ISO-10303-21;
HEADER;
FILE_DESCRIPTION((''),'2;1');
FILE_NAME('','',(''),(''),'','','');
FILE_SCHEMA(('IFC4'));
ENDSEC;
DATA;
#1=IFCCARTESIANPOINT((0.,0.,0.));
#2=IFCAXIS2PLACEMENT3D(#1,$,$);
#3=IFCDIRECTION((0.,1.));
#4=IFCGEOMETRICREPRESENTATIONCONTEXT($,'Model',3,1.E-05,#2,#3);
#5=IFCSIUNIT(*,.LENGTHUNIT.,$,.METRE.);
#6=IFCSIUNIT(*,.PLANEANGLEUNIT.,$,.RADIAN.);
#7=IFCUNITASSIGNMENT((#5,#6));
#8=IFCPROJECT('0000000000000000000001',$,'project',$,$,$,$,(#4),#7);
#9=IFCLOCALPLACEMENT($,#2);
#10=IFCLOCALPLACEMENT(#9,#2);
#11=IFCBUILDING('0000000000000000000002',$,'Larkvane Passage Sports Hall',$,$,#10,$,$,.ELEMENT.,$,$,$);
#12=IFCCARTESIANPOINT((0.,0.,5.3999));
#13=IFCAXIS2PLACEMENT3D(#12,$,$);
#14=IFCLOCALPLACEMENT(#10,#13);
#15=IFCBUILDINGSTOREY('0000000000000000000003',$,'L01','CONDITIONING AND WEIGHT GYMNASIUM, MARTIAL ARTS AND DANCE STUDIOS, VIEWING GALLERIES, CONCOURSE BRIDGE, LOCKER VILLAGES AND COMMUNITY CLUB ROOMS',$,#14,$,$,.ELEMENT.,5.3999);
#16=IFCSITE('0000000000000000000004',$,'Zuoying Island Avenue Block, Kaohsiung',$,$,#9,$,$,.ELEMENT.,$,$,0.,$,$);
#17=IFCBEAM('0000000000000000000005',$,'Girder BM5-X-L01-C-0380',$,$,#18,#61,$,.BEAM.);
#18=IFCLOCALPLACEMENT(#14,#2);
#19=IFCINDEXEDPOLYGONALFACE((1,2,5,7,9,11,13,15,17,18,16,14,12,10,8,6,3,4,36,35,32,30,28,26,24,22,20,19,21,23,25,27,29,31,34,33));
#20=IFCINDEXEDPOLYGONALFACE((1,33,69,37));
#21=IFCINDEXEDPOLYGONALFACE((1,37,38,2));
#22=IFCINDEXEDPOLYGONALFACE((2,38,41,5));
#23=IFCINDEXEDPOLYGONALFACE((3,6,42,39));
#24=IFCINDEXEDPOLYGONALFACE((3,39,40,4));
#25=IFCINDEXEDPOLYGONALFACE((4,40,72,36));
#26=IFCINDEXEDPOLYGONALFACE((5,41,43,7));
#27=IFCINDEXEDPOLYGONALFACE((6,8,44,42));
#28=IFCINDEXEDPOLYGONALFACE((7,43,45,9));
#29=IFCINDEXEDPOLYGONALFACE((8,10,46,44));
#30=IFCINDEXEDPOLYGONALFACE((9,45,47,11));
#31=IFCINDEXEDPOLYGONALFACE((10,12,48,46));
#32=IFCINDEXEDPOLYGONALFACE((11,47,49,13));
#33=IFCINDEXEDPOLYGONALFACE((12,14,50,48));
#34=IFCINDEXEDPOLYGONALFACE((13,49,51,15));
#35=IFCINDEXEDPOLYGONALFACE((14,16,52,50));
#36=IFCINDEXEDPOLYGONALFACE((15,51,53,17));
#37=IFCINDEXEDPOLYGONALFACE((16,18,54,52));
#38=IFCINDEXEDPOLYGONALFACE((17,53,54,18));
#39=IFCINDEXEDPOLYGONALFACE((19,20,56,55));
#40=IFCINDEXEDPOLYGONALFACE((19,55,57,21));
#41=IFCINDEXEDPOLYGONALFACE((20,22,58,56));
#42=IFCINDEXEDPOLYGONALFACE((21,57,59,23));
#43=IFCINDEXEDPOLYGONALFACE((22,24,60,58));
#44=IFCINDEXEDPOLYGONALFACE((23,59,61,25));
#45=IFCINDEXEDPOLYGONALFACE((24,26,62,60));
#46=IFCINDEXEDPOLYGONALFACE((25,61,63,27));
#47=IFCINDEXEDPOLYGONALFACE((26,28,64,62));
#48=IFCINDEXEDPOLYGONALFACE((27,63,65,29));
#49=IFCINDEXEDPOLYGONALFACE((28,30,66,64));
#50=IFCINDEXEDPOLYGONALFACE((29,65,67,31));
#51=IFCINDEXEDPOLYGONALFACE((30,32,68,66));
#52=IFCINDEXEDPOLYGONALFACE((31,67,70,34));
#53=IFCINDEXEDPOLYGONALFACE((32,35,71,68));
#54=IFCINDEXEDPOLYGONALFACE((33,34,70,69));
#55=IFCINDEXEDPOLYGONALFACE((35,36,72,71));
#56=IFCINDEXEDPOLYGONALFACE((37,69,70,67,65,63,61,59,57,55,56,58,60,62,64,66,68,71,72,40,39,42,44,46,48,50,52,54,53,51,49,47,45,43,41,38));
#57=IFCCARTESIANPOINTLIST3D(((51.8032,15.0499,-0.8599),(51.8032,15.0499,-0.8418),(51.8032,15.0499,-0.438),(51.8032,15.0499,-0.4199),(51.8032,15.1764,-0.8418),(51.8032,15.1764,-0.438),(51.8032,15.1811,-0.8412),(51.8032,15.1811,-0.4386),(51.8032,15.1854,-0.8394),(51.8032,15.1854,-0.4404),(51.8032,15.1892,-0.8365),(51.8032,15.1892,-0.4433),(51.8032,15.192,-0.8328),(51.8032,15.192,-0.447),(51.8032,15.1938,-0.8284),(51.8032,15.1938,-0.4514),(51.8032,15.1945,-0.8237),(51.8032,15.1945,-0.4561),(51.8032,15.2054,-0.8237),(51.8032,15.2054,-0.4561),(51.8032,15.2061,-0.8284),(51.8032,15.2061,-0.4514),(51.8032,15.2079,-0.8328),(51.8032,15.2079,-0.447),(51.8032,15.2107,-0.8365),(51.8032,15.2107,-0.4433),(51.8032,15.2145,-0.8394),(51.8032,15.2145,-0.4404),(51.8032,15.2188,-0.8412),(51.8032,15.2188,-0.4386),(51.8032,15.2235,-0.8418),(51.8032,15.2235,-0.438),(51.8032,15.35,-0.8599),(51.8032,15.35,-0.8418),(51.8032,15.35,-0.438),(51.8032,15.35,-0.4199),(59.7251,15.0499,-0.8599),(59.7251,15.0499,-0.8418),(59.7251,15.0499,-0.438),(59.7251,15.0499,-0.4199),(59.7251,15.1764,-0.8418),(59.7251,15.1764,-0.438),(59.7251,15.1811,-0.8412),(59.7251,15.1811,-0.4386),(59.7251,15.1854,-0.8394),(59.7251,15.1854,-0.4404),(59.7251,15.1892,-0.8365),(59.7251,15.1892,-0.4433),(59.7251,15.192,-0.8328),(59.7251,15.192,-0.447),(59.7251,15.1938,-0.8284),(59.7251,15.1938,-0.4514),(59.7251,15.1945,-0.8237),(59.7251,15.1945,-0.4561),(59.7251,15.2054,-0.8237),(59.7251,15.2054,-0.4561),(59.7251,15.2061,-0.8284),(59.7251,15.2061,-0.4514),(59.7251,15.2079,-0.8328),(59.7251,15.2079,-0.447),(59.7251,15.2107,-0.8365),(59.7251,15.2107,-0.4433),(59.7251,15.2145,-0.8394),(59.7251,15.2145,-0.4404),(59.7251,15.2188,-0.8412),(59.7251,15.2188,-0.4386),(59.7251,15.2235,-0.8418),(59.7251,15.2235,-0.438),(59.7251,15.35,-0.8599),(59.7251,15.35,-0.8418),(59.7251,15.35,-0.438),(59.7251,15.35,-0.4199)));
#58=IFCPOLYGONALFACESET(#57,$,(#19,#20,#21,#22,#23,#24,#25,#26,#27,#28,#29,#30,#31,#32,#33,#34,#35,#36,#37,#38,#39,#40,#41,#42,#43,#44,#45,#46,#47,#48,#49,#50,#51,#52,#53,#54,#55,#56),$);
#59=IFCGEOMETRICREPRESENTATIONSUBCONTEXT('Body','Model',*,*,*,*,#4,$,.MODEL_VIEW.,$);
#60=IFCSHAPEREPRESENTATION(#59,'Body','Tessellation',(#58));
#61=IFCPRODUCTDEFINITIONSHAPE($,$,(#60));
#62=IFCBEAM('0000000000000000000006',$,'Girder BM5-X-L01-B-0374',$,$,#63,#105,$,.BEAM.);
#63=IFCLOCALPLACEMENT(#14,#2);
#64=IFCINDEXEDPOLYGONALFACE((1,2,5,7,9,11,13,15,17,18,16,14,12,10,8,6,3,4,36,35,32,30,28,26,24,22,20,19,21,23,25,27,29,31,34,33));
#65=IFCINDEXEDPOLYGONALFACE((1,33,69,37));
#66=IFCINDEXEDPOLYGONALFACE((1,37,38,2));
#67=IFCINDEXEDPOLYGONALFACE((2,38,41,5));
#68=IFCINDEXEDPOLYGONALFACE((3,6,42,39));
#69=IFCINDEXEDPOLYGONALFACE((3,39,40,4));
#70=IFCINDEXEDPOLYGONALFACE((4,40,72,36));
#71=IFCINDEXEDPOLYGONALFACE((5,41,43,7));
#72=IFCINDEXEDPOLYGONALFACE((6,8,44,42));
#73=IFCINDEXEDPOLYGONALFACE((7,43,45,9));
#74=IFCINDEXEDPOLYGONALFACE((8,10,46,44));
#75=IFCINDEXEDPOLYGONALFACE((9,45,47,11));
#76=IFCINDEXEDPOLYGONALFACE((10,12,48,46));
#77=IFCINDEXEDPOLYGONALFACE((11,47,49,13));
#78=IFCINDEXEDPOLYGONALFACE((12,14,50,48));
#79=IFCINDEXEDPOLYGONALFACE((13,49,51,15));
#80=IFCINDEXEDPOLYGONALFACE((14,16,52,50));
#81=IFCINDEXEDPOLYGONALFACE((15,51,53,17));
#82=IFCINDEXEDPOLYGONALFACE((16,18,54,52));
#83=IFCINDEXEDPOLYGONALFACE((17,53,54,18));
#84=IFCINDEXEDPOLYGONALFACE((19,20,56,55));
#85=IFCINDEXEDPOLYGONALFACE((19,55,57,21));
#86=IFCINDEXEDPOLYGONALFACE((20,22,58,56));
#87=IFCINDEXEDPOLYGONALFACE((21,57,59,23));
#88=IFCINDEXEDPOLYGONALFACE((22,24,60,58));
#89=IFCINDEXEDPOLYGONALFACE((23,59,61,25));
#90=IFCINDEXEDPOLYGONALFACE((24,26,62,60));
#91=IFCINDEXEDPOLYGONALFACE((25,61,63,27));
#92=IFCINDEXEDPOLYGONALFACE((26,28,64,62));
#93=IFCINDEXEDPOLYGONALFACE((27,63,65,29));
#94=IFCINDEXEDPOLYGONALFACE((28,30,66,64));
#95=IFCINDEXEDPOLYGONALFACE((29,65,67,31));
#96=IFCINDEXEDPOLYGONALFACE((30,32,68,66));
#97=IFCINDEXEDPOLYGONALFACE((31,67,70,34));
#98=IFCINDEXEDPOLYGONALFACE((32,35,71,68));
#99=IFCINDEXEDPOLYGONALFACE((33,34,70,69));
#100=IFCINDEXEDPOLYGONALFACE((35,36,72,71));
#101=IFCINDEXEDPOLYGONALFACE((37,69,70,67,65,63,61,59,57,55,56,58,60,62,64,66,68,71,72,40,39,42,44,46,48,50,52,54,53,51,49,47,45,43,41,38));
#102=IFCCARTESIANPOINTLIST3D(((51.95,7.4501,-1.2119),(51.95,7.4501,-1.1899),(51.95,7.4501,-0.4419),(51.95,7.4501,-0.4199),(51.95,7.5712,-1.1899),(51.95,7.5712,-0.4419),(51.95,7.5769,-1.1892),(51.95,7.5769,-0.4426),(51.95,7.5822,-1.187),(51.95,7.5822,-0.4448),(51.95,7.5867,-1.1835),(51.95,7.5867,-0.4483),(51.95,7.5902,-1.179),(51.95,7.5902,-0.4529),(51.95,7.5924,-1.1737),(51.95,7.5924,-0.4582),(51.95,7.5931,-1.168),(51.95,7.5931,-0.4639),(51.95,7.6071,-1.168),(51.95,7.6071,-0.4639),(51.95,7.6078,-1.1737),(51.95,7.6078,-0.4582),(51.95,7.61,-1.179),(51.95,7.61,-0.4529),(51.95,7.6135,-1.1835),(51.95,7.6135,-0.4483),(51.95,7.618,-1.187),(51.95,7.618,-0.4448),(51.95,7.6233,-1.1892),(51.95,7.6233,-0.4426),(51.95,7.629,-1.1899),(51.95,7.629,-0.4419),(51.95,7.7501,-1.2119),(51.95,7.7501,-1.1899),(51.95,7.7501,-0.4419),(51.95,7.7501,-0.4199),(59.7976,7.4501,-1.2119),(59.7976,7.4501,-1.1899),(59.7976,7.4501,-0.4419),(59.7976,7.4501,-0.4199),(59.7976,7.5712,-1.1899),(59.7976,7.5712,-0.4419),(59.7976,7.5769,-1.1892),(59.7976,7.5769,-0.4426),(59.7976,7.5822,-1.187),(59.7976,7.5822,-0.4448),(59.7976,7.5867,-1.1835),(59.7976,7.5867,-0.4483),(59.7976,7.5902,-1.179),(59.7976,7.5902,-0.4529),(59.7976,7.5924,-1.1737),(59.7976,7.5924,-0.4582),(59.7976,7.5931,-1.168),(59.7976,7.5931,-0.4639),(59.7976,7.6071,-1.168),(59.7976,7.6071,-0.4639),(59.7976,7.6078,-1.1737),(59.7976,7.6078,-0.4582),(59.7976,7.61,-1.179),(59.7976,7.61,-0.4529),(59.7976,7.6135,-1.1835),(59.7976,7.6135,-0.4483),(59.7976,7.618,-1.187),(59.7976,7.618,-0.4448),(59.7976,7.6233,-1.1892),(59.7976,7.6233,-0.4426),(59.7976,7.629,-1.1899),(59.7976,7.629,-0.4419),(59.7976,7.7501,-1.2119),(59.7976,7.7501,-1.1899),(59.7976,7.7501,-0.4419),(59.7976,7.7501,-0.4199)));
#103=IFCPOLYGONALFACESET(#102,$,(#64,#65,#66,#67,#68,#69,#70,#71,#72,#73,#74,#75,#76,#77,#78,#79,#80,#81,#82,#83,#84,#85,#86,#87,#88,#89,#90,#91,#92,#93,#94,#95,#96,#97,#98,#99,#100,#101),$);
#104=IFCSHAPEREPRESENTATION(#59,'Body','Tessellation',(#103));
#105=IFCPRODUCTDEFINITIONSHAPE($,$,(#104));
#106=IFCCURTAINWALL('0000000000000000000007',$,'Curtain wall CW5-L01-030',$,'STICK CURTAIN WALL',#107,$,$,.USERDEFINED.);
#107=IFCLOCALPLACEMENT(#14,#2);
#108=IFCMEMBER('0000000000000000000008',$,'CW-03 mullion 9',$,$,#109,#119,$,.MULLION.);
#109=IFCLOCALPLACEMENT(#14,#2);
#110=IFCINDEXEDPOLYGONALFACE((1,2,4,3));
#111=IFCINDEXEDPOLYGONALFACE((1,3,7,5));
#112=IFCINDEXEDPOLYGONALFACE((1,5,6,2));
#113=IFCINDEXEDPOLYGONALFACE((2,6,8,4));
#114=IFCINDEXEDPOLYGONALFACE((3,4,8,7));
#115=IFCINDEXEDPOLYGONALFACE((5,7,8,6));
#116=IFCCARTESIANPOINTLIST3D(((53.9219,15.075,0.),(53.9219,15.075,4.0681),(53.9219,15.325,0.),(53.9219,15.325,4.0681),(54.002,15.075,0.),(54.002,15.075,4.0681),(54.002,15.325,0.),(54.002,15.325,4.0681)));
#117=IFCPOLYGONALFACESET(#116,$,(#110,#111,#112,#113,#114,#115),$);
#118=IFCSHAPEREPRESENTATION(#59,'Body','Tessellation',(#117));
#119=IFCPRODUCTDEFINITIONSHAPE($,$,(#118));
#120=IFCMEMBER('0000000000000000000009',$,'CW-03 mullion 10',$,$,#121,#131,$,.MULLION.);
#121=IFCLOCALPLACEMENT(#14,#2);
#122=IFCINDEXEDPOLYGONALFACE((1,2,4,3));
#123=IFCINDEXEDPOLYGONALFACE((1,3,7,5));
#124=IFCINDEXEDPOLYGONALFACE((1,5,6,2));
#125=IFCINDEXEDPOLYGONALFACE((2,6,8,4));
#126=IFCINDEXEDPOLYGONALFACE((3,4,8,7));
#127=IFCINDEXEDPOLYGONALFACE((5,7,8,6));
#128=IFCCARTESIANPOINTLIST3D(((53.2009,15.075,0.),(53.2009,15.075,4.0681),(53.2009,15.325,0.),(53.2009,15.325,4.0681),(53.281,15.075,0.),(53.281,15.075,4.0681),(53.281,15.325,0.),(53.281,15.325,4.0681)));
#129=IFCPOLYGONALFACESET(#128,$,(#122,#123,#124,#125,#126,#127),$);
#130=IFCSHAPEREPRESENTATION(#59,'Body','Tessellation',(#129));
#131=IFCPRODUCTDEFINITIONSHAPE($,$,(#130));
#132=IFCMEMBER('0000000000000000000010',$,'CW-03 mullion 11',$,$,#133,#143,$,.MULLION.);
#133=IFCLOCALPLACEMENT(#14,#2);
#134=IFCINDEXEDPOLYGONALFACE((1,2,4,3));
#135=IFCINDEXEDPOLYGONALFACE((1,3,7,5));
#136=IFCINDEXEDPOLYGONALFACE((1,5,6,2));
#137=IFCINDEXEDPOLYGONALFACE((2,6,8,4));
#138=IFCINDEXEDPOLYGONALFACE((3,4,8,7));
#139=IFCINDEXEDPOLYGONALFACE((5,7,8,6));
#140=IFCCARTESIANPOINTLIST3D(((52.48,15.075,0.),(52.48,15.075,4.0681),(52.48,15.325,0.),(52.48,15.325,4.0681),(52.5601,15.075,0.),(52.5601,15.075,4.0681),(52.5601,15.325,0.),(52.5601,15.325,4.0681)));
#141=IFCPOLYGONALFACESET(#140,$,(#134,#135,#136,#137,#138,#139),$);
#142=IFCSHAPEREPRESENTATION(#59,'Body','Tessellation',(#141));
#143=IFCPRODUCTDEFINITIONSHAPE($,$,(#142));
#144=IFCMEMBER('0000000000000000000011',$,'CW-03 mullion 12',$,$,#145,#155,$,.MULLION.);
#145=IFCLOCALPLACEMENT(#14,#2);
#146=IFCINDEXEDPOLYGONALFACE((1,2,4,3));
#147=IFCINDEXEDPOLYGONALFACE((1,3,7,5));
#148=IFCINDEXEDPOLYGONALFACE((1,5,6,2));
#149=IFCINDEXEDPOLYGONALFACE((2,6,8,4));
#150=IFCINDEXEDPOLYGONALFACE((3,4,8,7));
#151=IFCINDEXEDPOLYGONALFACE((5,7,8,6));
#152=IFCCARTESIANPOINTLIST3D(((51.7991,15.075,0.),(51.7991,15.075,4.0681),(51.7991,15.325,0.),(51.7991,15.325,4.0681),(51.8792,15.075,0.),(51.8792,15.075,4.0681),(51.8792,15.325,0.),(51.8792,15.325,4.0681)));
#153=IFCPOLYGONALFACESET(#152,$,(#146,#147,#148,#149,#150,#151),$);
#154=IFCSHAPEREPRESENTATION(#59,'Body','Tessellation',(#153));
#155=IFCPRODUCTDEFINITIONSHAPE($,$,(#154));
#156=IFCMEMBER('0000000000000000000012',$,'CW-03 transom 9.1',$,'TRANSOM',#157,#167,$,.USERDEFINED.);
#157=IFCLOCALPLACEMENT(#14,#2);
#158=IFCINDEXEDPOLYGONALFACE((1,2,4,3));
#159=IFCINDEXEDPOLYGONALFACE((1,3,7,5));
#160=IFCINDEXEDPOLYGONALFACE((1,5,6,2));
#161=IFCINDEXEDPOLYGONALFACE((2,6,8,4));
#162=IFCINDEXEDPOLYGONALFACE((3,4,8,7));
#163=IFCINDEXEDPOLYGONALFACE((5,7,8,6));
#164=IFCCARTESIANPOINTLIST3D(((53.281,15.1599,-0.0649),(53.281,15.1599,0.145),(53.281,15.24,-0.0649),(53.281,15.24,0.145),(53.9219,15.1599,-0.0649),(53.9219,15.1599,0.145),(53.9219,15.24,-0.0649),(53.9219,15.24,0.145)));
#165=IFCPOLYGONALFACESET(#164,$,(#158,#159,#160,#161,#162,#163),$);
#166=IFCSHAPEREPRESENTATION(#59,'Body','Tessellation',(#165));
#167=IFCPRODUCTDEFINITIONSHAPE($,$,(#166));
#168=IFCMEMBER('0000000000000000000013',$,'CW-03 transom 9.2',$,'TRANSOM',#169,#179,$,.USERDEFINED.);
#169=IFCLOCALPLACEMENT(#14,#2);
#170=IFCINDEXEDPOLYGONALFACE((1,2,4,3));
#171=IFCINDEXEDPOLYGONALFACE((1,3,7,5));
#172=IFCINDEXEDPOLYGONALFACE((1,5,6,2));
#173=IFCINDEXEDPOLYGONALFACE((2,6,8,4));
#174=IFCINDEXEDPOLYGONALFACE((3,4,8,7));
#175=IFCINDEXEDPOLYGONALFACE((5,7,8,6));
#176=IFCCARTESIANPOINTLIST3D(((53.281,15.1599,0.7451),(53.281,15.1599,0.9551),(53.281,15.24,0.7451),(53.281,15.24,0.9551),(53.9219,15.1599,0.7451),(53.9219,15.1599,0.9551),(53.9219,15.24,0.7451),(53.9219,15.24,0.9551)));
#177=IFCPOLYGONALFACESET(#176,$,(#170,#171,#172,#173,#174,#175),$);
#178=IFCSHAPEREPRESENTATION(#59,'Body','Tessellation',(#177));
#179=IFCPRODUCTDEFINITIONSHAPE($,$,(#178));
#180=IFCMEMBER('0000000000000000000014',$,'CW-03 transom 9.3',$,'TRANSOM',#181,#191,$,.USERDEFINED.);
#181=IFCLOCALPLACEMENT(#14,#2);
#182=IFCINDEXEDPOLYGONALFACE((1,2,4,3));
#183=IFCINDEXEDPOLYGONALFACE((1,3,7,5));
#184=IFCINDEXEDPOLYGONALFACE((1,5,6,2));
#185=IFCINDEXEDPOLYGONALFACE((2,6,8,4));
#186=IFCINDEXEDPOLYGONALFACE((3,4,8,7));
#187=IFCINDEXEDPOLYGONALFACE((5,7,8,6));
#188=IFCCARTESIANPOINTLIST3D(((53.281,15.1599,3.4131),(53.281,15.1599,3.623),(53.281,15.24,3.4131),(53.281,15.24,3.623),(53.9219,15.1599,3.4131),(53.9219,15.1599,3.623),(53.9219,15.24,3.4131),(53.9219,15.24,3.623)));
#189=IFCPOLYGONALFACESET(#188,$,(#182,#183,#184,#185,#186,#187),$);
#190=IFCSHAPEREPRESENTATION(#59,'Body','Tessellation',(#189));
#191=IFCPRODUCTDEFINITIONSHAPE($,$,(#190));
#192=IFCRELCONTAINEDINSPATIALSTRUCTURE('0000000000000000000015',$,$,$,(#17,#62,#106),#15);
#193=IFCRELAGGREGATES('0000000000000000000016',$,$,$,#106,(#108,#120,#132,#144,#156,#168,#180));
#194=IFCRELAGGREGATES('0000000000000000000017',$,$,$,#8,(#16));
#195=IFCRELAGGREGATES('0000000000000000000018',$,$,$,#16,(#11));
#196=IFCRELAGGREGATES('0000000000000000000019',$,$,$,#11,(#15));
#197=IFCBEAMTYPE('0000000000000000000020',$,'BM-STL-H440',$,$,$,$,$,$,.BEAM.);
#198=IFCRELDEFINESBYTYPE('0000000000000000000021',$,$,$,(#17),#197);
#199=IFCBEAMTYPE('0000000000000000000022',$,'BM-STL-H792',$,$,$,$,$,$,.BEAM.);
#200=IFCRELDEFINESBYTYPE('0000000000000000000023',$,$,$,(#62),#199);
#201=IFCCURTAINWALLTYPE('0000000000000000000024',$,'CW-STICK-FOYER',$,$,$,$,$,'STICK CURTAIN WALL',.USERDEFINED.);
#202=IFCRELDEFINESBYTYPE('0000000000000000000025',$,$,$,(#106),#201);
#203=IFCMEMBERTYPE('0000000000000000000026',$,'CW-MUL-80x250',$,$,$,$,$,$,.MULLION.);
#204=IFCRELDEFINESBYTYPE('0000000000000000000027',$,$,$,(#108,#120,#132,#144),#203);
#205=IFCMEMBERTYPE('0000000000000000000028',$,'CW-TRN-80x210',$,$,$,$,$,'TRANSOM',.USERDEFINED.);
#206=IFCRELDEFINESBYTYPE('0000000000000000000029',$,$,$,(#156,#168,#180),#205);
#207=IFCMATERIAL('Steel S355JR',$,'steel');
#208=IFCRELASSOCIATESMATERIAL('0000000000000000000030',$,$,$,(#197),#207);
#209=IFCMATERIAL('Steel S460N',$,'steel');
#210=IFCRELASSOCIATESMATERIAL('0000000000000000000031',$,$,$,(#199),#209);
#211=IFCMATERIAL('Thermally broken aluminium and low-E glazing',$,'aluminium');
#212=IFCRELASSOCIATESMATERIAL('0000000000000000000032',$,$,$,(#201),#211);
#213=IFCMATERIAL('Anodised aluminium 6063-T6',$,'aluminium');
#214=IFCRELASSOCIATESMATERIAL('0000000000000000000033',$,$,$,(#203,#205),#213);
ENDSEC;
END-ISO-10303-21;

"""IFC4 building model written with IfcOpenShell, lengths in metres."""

from ifc_helpers import new_model, si_unit, direction, frame, origin, origin_2d, place, context, subcontext, project, spatial, rectangle, i_section, extrude, material, material_profile, profile_set, type_object, element, aggregate, save


model = new_model("IFC4")

# Units and contexts
model_context = context("Model", 3, precision=1e-05, world=origin(), true_north=direction((0.0, 1.0)))
body_context = subcontext(model_context, "Body", "Model", "MODEL_VIEW")
ifc_project = project(units=[si_unit("LENGTHUNIT", "METRE"), si_unit("PLANEANGLEUNIT", "RADIAN")], contexts=[model_context])

# Site, building, storey
site_placement = place(None, origin())
site = spatial("IfcSite", under=ifc_project, at=site_placement, Name="Zuoying Island Avenue Block, Kaohsiung", CompositionType="ELEMENT", RefElevation=0.0)
building_placement = place(site_placement, origin())
building = spatial("IfcBuilding", under=site, at=building_placement, Name="Larkvane Passage Sports Hall", CompositionType="ELEMENT")
storey_placement = place(building_placement, frame((0.0, 0.0, 5.3999)))
storey = spatial("IfcBuildingStorey", under=building, at=storey_placement, Name="L01", Description="CONDITIONING AND WEIGHT GYMNASIUM, MARTIAL ARTS AND DANCE STUDIOS, VIEWING GALLERIES, CONCOURSE BRIDGE, LOCKER VILLAGES AND COMMUNITY CLUB ROOMS", CompositionType="ELEMENT", Elevation=5.3999)

# Beams
ifc_material_1 = material(Name="Steel S355JR", Category="steel")
ifc_material_profile_1 = material_profile(ifc_material_1, i_section(OverallWidth=0.3, OverallDepth=0.4399, WebThickness=0.011, FlangeThickness=0.0181, FilletRadius=0.0181, at=origin_2d()), Name="H-440x300x11x18")
ifc_profile_set_1 = profile_set([ifc_material_profile_1], Name="Steel S355JR")
beam_type_1 = type_object("IfcBeamType", Name="BM-STL-H440", PredefinedType="BEAM", material=ifc_profile_set_1)
beam_1_placement = place(storey_placement, frame((51.8032, 15.2, -0.6399), z_axis=(1.0, 0.0, 0.0), x_axis=(0.0, 1.0, 0.0)))
element("IfcBeam", 1, at=beam_1_placement, inside=storey, type_object=beam_type_1, Name="Girder BM5-X-L01-C-0380", PredefinedType="BEAM", context=body_context, shape_type="SweptSolid", body=[
    extrude(i_section(OverallWidth=0.3, OverallDepth=0.4399, WebThickness=0.011, FlangeThickness=0.0181, FilletRadius=0.0181, at=origin_2d()), origin(), (0.0, 0.0, 1.0), 7.9219),
])
ifc_material_2 = material(Name="Steel S460N", Category="steel")
ifc_material_profile_2 = material_profile(ifc_material_2, i_section(OverallWidth=0.3, OverallDepth=0.792, WebThickness=0.0139, FlangeThickness=0.022, FilletRadius=0.022, at=origin_2d()), Name="H-792x300x14x22")
ifc_profile_set_2 = profile_set([ifc_material_profile_2], Name="Steel S460N")
beam_type_2 = type_object("IfcBeamType", Name="BM-STL-H792", PredefinedType="BEAM", material=ifc_profile_set_2)
beam_2_placement = place(storey_placement, frame((51.95, 7.6001, -0.8159), z_axis=(1.0, 0.0, 0.0), x_axis=(0.0, 1.0, 0.0)))
element("IfcBeam", 2, at=beam_2_placement, inside=storey, type_object=beam_type_2, Name="Girder BM5-X-L01-B-0374", PredefinedType="BEAM", context=body_context, shape_type="SweptSolid", body=[
    extrude(i_section(OverallWidth=0.3, OverallDepth=0.792, WebThickness=0.0139, FlangeThickness=0.022, FilletRadius=0.022, at=origin_2d()), origin(), (0.0, 0.0, 1.0), 7.8477),
])

# Curtain wall, members
ifc_material_3 = material(Name="Thermally broken aluminium and low-E glazing", Category="aluminium")
curtain_wall_type = type_object("IfcCurtainWallType", Name="CW-STICK-FOYER", ElementType="STICK CURTAIN WALL", PredefinedType="USERDEFINED", material=ifc_material_3)
curtain_wall_placement = place(storey_placement, origin())
curtain_wall = element("IfcCurtainWall", 3, at=curtain_wall_placement, inside=storey, type_object=curtain_wall_type, Name="Curtain wall CW5-L01-030", ObjectType="STICK CURTAIN WALL", PredefinedType="USERDEFINED")
ifc_material_4 = material(Name="Anodised aluminium 6063-T6", Category="aluminium")
ifc_material_profile_3 = material_profile(ifc_material_4, rectangle(XDim=0.0801, YDim=0.25, at=origin_2d()), Name="ALU-MUL-80x250")
ifc_profile_set_3 = profile_set([ifc_material_profile_3], Name="Anodised aluminium 6063-T6")
member_type_1 = type_object("IfcMemberType", Name="CW-MUL-80x250", PredefinedType="MULLION", material=ifc_profile_set_3)
member_1_placement = place(storey_placement, frame((53.9619, 15.2, 0.0), z_axis=(0.0, 0.0, 1.0), x_axis=(-1.0, 0.0, 0.0)))
member_1 = element("IfcMember", 4, at=member_1_placement, type_object=member_type_1, Name="CW-03 mullion 9", PredefinedType="MULLION", context=body_context, shape_type="SweptSolid", body=[
    extrude(rectangle(XDim=0.0801, YDim=0.25, at=origin_2d()), origin(), (0.0, 0.0, 1.0), 4.0681),
])
member_2_placement = place(storey_placement, frame((53.241, 15.2, 0.0), z_axis=(0.0, 0.0, 1.0), x_axis=(-1.0, 0.0, 0.0)))
member_2 = element("IfcMember", 5, at=member_2_placement, type_object=member_type_1, Name="CW-03 mullion 10", PredefinedType="MULLION", context=body_context, shape_type="SweptSolid", body=[
    extrude(rectangle(XDim=0.0801, YDim=0.25, at=origin_2d()), origin(), (0.0, 0.0, 1.0), 4.0681),
])
member_3_placement = place(storey_placement, frame((52.52, 15.2, 0.0), z_axis=(0.0, 0.0, 1.0), x_axis=(-1.0, 0.0, 0.0)))
member_3 = element("IfcMember", 6, at=member_3_placement, type_object=member_type_1, Name="CW-03 mullion 11", PredefinedType="MULLION", context=body_context, shape_type="SweptSolid", body=[
    extrude(rectangle(XDim=0.0801, YDim=0.25, at=origin_2d()), origin(), (0.0, 0.0, 1.0), 4.0681),
])
member_4_placement = place(storey_placement, frame((51.8391, 15.2, 0.0), z_axis=(0.0, 0.0, 1.0), x_axis=(-1.0, 0.0, 0.0)))
member_4 = element("IfcMember", 7, at=member_4_placement, type_object=member_type_1, Name="CW-03 mullion 12", PredefinedType="MULLION", context=body_context, shape_type="SweptSolid", body=[
    extrude(rectangle(XDim=0.0801, YDim=0.25, at=origin_2d()), origin(), (0.0, 0.0, 1.0), 4.0681),
])
ifc_material_profile_4 = material_profile(ifc_material_4, rectangle(XDim=0.0801, YDim=0.21, at=origin_2d()), Name="ALU-TRN-80x210")
ifc_profile_set_4 = profile_set([ifc_material_profile_4], Name="Anodised aluminium 6063-T6")
member_type_2 = type_object("IfcMemberType", Name="CW-TRN-80x210", ElementType="TRANSOM", PredefinedType="USERDEFINED", material=ifc_profile_set_4)
member_5_placement = place(storey_placement, frame((53.9219, 15.2, 0.04), z_axis=(-1.0, 0.0, 0.0), x_axis=(0.0, -1.0, 0.0)))
member_5 = element("IfcMember", 8, at=member_5_placement, type_object=member_type_2, Name="CW-03 transom 9.1", ObjectType="TRANSOM", PredefinedType="USERDEFINED", context=body_context, shape_type="SweptSolid", body=[
    extrude(rectangle(XDim=0.0801, YDim=0.21, at=origin_2d()), origin(), (0.0, 0.0, 1.0), 0.6409),
])
member_6_placement = place(storey_placement, frame((53.9219, 15.2, 0.8501), z_axis=(-1.0, 0.0, 0.0), x_axis=(0.0, -1.0, 0.0)))
member_6 = element("IfcMember", 9, at=member_6_placement, type_object=member_type_2, Name="CW-03 transom 9.2", ObjectType="TRANSOM", PredefinedType="USERDEFINED", context=body_context, shape_type="SweptSolid", body=[
    extrude(rectangle(XDim=0.0801, YDim=0.21, at=origin_2d()), origin(), (0.0, 0.0, 1.0), 0.6409),
])
member_7_placement = place(storey_placement, frame((53.9219, 15.2, 3.5181), z_axis=(-1.0, 0.0, 0.0), x_axis=(0.0, -1.0, 0.0)))
member_7 = element("IfcMember", 10, at=member_7_placement, type_object=member_type_2, Name="CW-03 transom 9.3", ObjectType="TRANSOM", PredefinedType="USERDEFINED", context=body_context, shape_type="SweptSolid", body=[
    extrude(rectangle(XDim=0.0801, YDim=0.21, at=origin_2d()), origin(), (0.0, 0.0, 1.0), 0.6409),
])
aggregate(curtain_wall, [member_1, member_2, member_3, member_4, member_5, member_6, member_7])

save(model, "model.ifc")
